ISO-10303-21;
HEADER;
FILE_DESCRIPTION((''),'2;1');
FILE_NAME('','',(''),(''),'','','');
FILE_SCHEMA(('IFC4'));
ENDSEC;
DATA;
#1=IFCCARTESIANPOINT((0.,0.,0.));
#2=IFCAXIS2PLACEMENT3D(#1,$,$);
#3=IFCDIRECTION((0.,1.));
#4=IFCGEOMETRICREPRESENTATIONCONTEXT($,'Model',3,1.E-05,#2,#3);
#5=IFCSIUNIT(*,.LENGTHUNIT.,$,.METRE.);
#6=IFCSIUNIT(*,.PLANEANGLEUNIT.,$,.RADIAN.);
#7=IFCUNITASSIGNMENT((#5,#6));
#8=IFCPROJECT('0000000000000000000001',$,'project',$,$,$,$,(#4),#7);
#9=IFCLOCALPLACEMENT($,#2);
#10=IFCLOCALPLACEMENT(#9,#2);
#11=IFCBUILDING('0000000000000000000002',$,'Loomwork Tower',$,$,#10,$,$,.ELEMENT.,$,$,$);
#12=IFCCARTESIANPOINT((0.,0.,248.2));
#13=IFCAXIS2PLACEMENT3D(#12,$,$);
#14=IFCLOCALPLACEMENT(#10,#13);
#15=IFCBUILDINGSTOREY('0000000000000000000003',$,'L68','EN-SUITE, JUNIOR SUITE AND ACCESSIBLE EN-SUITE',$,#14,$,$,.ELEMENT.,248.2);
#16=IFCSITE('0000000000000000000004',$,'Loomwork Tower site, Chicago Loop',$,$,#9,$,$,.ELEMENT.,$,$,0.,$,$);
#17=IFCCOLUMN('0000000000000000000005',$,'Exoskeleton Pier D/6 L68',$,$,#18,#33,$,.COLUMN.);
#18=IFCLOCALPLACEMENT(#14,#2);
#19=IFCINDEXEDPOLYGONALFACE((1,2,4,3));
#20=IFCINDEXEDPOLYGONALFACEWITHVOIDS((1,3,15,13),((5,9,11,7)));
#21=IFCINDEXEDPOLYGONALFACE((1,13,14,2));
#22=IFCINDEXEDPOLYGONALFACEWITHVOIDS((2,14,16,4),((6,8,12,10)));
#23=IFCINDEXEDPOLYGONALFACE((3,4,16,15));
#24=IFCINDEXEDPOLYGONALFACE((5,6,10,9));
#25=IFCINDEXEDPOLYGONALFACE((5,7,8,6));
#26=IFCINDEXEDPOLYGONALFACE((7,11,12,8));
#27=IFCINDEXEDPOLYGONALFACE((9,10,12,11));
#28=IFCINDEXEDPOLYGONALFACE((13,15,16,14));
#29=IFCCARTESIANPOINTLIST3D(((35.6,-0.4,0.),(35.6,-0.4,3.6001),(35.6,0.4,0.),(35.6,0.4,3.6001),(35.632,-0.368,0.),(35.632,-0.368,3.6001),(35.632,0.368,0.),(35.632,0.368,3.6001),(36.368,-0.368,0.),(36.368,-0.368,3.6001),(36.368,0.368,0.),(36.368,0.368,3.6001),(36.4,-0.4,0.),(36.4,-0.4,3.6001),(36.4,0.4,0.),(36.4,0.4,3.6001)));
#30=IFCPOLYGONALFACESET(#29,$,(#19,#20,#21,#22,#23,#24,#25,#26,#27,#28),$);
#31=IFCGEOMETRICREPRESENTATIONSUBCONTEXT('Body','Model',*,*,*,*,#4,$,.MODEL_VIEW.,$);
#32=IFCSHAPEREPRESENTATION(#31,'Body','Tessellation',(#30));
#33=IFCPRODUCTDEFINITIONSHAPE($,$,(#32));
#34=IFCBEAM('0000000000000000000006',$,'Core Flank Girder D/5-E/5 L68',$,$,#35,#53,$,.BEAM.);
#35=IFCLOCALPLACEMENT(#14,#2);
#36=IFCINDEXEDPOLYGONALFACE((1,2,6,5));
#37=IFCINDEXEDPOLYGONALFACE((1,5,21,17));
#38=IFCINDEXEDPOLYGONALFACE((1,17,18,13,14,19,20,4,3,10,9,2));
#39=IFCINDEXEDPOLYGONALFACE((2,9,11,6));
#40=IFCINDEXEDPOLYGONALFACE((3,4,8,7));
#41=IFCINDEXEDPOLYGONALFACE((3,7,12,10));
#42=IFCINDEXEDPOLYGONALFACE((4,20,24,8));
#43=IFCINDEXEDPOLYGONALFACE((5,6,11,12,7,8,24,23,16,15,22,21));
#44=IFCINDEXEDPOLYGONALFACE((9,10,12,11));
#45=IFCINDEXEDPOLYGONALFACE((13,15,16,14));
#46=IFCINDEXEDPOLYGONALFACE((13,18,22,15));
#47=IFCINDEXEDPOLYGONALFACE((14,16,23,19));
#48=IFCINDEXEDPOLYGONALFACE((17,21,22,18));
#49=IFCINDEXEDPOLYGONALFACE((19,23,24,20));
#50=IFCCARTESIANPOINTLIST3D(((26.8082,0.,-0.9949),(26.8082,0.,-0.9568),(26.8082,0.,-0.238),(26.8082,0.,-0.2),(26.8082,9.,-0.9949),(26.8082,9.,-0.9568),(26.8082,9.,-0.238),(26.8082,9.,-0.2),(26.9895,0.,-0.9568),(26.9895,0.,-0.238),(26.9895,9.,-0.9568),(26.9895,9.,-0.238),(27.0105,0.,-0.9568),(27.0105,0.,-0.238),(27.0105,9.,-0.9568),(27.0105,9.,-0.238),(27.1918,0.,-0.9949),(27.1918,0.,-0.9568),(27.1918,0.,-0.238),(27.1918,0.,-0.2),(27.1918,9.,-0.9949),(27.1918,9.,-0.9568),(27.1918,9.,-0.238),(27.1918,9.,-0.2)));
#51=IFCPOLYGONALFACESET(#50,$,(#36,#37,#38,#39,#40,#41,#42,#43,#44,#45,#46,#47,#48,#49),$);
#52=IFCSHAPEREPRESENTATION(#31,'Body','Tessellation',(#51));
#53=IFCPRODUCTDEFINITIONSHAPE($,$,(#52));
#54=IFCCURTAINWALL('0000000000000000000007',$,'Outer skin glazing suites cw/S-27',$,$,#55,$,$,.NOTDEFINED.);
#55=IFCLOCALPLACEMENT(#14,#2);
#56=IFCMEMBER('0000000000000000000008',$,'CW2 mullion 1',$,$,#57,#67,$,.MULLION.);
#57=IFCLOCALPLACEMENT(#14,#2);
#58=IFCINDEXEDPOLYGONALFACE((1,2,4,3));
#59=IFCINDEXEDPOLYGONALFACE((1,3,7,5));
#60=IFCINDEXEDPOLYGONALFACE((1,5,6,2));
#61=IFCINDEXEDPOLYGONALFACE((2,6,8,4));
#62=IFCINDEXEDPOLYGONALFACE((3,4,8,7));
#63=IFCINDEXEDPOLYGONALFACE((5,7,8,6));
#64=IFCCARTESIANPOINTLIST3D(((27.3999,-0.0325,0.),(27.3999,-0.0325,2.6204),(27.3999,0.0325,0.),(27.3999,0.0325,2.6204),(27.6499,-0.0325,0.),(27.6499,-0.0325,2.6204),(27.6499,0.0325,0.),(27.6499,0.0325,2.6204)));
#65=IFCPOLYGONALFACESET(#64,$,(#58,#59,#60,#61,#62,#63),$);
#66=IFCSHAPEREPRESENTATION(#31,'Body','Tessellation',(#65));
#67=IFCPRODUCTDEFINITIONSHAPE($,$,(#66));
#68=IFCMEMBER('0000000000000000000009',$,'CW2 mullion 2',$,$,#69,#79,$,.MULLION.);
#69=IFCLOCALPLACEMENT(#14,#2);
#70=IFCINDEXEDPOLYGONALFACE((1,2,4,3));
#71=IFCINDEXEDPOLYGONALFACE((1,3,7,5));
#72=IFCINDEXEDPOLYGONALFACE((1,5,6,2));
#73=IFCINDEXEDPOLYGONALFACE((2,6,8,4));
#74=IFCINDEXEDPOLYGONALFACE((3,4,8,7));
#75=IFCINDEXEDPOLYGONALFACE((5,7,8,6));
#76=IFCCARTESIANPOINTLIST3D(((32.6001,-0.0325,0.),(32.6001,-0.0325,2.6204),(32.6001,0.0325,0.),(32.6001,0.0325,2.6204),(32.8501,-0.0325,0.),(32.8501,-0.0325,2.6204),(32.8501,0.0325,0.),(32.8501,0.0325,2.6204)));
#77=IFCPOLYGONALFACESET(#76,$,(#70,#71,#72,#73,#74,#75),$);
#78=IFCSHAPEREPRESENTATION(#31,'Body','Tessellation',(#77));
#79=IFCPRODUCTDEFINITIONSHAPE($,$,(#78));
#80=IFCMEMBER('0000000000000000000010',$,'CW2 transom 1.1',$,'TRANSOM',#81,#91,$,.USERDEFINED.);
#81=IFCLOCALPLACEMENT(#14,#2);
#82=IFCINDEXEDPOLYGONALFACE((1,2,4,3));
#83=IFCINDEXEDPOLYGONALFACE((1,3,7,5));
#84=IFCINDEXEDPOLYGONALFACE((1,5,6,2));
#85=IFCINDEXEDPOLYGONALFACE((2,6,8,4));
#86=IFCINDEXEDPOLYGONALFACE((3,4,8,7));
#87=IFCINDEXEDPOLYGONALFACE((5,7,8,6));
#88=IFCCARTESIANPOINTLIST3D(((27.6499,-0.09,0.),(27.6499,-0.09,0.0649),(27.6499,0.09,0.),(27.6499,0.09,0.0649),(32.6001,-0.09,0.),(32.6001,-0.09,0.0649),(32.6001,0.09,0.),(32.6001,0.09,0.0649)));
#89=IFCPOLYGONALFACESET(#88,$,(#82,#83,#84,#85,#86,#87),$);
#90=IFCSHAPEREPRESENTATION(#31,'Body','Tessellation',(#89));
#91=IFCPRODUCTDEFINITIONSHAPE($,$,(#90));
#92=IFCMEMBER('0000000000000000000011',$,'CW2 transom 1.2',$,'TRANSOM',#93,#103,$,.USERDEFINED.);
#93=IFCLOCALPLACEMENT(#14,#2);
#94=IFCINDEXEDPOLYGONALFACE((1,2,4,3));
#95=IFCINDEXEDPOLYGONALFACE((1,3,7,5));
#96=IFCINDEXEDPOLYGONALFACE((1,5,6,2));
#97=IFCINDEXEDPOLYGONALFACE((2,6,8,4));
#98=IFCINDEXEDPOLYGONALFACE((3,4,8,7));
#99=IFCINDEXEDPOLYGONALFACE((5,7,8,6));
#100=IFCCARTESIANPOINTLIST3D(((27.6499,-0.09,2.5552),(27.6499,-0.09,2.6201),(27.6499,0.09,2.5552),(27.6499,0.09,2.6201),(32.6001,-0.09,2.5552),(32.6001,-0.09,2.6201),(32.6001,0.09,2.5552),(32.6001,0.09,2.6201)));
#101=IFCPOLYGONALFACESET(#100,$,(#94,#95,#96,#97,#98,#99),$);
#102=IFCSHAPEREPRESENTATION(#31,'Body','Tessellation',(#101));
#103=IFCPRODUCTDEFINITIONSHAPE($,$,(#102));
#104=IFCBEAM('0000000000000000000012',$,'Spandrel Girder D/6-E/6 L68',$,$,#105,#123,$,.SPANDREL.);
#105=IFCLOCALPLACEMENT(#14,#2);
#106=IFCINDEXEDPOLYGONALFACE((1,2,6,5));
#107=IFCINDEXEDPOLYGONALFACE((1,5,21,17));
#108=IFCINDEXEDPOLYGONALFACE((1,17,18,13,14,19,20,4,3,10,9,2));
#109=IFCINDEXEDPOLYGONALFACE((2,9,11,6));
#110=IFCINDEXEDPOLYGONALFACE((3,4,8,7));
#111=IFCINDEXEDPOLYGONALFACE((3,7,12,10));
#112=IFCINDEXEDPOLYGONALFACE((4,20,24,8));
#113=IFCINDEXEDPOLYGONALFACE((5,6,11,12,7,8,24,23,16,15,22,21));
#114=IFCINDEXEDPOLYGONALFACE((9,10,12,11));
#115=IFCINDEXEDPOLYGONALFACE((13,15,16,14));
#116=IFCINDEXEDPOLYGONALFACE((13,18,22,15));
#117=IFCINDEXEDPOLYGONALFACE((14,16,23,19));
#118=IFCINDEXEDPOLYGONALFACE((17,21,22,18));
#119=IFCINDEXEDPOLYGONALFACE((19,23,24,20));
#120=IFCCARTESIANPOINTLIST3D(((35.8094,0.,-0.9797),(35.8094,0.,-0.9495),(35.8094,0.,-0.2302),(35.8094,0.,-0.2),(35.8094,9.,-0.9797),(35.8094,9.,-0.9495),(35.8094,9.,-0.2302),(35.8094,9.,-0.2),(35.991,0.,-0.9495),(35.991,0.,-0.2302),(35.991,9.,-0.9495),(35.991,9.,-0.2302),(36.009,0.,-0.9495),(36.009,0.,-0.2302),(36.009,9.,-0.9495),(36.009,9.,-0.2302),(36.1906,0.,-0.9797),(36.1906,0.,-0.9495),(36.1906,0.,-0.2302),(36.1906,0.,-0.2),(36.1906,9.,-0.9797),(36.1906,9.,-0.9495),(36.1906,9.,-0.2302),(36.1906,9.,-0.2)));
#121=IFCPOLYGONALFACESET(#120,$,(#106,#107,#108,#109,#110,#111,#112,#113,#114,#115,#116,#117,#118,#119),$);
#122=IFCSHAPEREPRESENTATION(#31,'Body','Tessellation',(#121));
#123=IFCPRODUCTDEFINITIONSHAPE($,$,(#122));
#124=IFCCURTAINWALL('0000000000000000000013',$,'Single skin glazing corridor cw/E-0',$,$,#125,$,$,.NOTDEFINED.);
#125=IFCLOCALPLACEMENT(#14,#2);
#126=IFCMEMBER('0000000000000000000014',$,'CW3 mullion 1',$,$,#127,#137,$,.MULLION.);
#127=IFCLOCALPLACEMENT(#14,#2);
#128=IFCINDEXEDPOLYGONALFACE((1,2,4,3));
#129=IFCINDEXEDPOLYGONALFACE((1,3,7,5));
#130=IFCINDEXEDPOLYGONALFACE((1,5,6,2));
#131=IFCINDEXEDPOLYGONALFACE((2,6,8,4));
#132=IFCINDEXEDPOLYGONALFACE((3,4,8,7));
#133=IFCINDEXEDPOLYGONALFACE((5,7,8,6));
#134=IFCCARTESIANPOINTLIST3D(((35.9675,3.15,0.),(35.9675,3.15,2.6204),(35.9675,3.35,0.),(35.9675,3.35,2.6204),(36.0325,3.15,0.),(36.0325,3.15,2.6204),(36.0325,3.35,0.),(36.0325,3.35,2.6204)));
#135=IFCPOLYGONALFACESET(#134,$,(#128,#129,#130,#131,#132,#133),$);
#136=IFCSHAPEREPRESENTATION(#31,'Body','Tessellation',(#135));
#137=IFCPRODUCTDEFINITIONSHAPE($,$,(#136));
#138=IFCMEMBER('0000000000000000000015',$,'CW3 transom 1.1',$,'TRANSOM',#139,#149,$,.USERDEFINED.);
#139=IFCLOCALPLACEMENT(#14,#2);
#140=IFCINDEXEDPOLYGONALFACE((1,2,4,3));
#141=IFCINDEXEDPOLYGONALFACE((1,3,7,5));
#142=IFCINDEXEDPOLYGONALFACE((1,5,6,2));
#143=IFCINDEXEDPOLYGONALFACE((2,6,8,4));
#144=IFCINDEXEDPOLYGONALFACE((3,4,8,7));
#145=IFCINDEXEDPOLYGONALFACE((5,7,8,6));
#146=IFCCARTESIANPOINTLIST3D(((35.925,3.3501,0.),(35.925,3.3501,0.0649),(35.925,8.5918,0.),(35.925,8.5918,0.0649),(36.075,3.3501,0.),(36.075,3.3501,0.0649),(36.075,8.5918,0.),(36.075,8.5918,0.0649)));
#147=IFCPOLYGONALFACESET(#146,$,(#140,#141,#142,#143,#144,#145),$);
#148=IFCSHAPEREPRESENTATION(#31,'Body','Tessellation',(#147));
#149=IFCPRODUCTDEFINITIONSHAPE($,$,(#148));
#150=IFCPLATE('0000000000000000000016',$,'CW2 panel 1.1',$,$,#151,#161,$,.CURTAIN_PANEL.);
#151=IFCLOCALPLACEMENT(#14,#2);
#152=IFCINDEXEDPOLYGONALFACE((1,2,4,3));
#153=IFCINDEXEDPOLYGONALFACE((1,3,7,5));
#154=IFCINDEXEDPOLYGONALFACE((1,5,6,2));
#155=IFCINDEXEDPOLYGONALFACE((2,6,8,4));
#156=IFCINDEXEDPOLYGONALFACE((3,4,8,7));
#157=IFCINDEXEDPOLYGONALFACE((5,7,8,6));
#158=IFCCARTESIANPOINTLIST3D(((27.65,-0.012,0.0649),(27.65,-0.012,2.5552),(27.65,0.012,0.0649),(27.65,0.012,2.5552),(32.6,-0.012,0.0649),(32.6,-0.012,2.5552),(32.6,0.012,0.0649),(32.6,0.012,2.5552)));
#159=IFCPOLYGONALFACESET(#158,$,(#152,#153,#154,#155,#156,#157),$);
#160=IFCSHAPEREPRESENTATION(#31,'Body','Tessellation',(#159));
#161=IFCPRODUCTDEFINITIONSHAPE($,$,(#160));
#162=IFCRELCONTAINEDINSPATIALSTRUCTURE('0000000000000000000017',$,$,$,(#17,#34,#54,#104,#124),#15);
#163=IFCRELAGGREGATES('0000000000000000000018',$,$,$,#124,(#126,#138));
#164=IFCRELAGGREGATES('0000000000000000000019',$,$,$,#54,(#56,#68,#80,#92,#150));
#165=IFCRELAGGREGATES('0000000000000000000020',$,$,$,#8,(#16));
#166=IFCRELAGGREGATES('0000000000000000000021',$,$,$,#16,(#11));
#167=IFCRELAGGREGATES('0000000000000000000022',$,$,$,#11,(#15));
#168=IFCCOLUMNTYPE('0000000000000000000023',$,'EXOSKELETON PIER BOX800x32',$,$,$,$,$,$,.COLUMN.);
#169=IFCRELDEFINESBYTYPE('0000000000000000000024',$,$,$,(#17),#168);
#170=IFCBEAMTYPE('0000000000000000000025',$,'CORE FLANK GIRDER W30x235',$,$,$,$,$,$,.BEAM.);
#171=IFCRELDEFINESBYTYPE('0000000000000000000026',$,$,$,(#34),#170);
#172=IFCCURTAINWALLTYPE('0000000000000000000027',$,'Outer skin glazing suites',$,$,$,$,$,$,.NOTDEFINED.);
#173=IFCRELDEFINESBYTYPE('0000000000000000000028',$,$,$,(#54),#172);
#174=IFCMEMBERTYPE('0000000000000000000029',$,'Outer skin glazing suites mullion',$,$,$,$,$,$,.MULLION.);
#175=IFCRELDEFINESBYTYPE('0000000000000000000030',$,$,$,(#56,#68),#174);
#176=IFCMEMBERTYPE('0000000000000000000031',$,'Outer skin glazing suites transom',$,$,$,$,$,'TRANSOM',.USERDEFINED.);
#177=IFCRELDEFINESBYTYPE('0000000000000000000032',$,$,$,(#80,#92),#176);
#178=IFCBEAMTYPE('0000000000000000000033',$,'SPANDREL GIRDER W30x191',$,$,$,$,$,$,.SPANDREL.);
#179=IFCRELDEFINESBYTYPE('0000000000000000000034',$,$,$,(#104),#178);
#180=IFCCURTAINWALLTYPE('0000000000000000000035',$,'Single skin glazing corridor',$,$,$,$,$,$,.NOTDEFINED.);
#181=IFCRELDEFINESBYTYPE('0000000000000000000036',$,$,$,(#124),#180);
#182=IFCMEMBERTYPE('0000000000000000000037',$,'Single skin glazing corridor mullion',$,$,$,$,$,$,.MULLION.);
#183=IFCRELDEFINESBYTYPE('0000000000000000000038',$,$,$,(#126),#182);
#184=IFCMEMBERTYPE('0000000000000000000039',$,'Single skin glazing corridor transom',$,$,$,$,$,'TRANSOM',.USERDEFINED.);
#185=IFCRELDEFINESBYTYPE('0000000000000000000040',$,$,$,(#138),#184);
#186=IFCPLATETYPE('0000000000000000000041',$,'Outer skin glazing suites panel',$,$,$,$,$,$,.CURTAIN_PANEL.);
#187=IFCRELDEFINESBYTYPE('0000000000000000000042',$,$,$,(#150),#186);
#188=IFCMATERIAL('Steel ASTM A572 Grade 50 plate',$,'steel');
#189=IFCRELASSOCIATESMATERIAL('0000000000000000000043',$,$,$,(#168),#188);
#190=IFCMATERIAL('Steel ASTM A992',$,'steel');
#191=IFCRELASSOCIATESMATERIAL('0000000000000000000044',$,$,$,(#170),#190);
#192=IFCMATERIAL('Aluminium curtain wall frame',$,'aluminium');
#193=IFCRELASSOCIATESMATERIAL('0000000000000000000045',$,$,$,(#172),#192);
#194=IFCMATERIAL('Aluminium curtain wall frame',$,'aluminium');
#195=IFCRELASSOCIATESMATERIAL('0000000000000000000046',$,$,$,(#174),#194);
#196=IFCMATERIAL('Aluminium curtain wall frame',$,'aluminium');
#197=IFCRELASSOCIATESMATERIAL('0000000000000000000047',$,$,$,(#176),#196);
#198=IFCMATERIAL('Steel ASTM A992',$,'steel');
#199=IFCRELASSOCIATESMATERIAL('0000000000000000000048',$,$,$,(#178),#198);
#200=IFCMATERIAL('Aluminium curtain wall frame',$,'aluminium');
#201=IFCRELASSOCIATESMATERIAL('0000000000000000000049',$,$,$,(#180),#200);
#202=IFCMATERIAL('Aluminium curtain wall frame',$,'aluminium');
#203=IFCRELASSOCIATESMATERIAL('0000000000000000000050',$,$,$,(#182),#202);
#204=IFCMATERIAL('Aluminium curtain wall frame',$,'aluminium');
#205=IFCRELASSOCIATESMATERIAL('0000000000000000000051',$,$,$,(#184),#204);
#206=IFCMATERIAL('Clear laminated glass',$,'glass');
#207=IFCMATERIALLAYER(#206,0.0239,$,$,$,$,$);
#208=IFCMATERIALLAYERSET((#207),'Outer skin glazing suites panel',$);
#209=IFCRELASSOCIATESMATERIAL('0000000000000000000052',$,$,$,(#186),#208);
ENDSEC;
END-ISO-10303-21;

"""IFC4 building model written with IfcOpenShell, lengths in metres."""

from ifc_helpers import new_model, si_unit, direction, frame, origin, origin_2d, place, context, subcontext, project, spatial, rectangle, hollow_rectangle, i_section, extrude, material, layer, layer_set, material_profile, profile_set, type_object, element, aggregate, save


model = new_model("IFC4")

# Units and contexts
model_context = context("Model", 3, precision=1e-05, world=origin(), true_north=direction((0.0, 1.0)))
body_context = subcontext(model_context, "Body", "Model", "MODEL_VIEW")
ifc_project = project(units=[si_unit("LENGTHUNIT", "METRE"), si_unit("PLANEANGLEUNIT", "RADIAN")], contexts=[model_context])

# Site, building, storey
site_placement = place(None, origin())
site = spatial("IfcSite", under=ifc_project, at=site_placement, Name="Loomwork Tower site, Chicago Loop", CompositionType="ELEMENT", RefElevation=0.0)
building_placement = place(site_placement, origin())
building = spatial("IfcBuilding", under=site, at=building_placement, Name="Loomwork Tower", CompositionType="ELEMENT")
storey_placement = place(building_placement, frame((0.0, 0.0, 248.2)))
storey = spatial("IfcBuildingStorey", under=building, at=storey_placement, Name="L68", Description="EN-SUITE, JUNIOR SUITE AND ACCESSIBLE EN-SUITE", CompositionType="ELEMENT", Elevation=248.2)

# Column
ifc_material_1 = material(Name="Steel ASTM A572 Grade 50 plate", Category="steel")
ifc_material_profile_1 = material_profile(ifc_material_1, hollow_rectangle(XDim=0.8, YDim=0.8, WallThickness=0.032, at=origin_2d()), Name="BOX800x32")
ifc_profile_set_1 = profile_set([ifc_material_profile_1], Name="Steel ASTM A572 Grade 50 plate")
column_type = type_object("IfcColumnType", Name="EXOSKELETON PIER BOX800x32", PredefinedType="COLUMN", material=ifc_profile_set_1)
column_placement = place(storey_placement, frame((36.0, 0.0, 0.0), z_axis=(0.0, 0.0, 1.0), x_axis=(1.0, 0.0, 0.0)))
element("IfcColumn", 1, at=column_placement, inside=storey, type_object=column_type, Name="Exoskeleton Pier D/6 L68", PredefinedType="COLUMN", context=body_context, shape_type="SweptSolid", body=[
    extrude(hollow_rectangle(XDim=0.8, YDim=0.8, WallThickness=0.032, at=origin_2d()), origin(), (0.0, 0.0, 1.0), 3.6001),
])

# Beam
ifc_material_2 = material(Name="Steel ASTM A992", Category="steel")
ifc_material_profile_2 = material_profile(ifc_material_2, i_section(OverallWidth=0.3835, OverallDepth=0.7949, WebThickness=0.021, FlangeThickness=0.0381, at=origin_2d()), Name="W30x235")
ifc_profile_set_2 = profile_set([ifc_material_profile_2], Name="Steel ASTM A992")
beam_type_1 = type_object("IfcBeamType", Name="CORE FLANK GIRDER W30x235", PredefinedType="BEAM", material=ifc_profile_set_2)
beam_1_placement = place(storey_placement, frame((27.0, 0.0, -0.5974), z_axis=(0.0, 1.0, 0.0), x_axis=(-1.0, 0.0, 0.0)))
element("IfcBeam", 2, at=beam_1_placement, inside=storey, type_object=beam_type_1, Name="Core Flank Girder D/5-E/5 L68", PredefinedType="BEAM", context=body_context, shape_type="SweptSolid", body=[
    extrude(i_section(OverallWidth=0.3835, OverallDepth=0.7949, WebThickness=0.021, FlangeThickness=0.0381, at=origin_2d()), origin(), (0.0, 0.0, 1.0), 9.0),
])

# Curtain wall, members
ifc_material_3 = material(Name="Aluminium curtain wall frame", Category="aluminium")
curtain_wall_type_1 = type_object("IfcCurtainWallType", Name="Outer skin glazing suites", PredefinedType="NOTDEFINED", material=ifc_material_3)
curtain_wall_1_placement = place(storey_placement, origin())
curtain_wall_1 = element("IfcCurtainWall", 3, at=curtain_wall_1_placement, inside=storey, type_object=curtain_wall_type_1, Name="Outer skin glazing suites cw/S-27", PredefinedType="NOTDEFINED")
ifc_material_4 = material(Name="Aluminium curtain wall frame", Category="aluminium")
ifc_material_profile_3 = material_profile(ifc_material_4, rectangle(XDim=0.0649, YDim=0.25, at=origin_2d()), Name="AL 65x250")
ifc_profile_set_3 = profile_set([ifc_material_profile_3], Name="Aluminium curtain wall frame")
member_type_1 = type_object("IfcMemberType", Name="Outer skin glazing suites mullion", PredefinedType="MULLION", material=ifc_profile_set_3)
member_1_placement = place(storey_placement, frame((27.5249, 0.0, 0.0), z_axis=(0.0, 0.0, 1.0), x_axis=(0.0, 1.0, 0.0)))
member_1 = element("IfcMember", 4, at=member_1_placement, type_object=member_type_1, Name="CW2 mullion 1", PredefinedType="MULLION", context=body_context, shape_type="SweptSolid", body=[
    extrude(rectangle(XDim=0.0649, YDim=0.25, at=origin_2d()), origin(), (0.0, 0.0, 1.0), 2.6204),
])
member_2_placement = place(storey_placement, frame((32.7251, 0.0, 0.0), z_axis=(0.0, 0.0, 1.0), x_axis=(0.0, 1.0, 0.0)))
member_2 = element("IfcMember", 5, at=member_2_placement, type_object=member_type_1, Name="CW2 mullion 2", PredefinedType="MULLION", context=body_context, shape_type="SweptSolid", body=[
    extrude(rectangle(XDim=0.0649, YDim=0.25, at=origin_2d()), origin(), (0.0, 0.0, 1.0), 2.6204),
])
ifc_material_5 = material(Name="Aluminium curtain wall frame", Category="aluminium")
ifc_material_profile_4 = material_profile(ifc_material_5, rectangle(XDim=0.1799, YDim=0.0649, at=origin_2d()), Name="AL 65x180")
ifc_profile_set_4 = profile_set([ifc_material_profile_4], Name="Aluminium curtain wall frame")
member_type_2 = type_object("IfcMemberType", Name="Outer skin glazing suites transom", ElementType="TRANSOM", PredefinedType="USERDEFINED", material=ifc_profile_set_4)
member_3_placement = place(storey_placement, frame((27.6499, 0.0, 0.0325), z_axis=(1.0, 0.0, 0.0), x_axis=(0.0, 1.0, 0.0)))
member_3 = element("IfcMember", 6, at=member_3_placement, type_object=member_type_2, Name="CW2 transom 1.1", ObjectType="TRANSOM", PredefinedType="USERDEFINED", context=body_context, shape_type="SweptSolid", body=[
    extrude(rectangle(XDim=0.1799, YDim=0.0649, at=origin_2d()), origin(), (0.0, 0.0, 1.0), 4.9502),
])
member_4_placement = place(storey_placement, frame((27.6499, 0.0, 2.5876), z_axis=(1.0, 0.0, 0.0), x_axis=(0.0, 1.0, 0.0)))
member_4 = element("IfcMember", 7, at=member_4_placement, type_object=member_type_2, Name="CW2 transom 1.2", ObjectType="TRANSOM", PredefinedType="USERDEFINED", context=body_context, shape_type="SweptSolid", body=[
    extrude(rectangle(XDim=0.1799, YDim=0.0649, at=origin_2d()), origin(), (0.0, 0.0, 1.0), 4.9502),
])

# Beam
ifc_material_6 = material(Name="Steel ASTM A992", Category="steel")
ifc_material_profile_5 = material_profile(ifc_material_6, i_section(OverallWidth=0.3811, OverallDepth=0.7798, WebThickness=0.0181, FlangeThickness=0.0303, at=origin_2d()), Name="W30x191")
ifc_profile_set_5 = profile_set([ifc_material_profile_5], Name="Steel ASTM A992")
beam_type_2 = type_object("IfcBeamType", Name="SPANDREL GIRDER W30x191", PredefinedType="SPANDREL", material=ifc_profile_set_5)
beam_2_placement = place(storey_placement, frame((36.0, 0.0, -0.5898), z_axis=(0.0, 1.0, 0.0), x_axis=(-1.0, 0.0, 0.0)))
element("IfcBeam", 8, at=beam_2_placement, inside=storey, type_object=beam_type_2, Name="Spandrel Girder D/6-E/6 L68", PredefinedType="SPANDREL", context=body_context, shape_type="SweptSolid", body=[
    extrude(i_section(OverallWidth=0.3811, OverallDepth=0.7798, WebThickness=0.0181, FlangeThickness=0.0303, at=origin_2d()), origin(), (0.0, 0.0, 1.0), 9.0),
])

# Curtain wall, members
ifc_material_7 = material(Name="Aluminium curtain wall frame", Category="aluminium")
curtain_wall_type_2 = type_object("IfcCurtainWallType", Name="Single skin glazing corridor", PredefinedType="NOTDEFINED", material=ifc_material_7)
curtain_wall_2_placement = place(storey_placement, origin())
curtain_wall_2 = element("IfcCurtainWall", 9, at=curtain_wall_2_placement, inside=storey, type_object=curtain_wall_type_2, Name="Single skin glazing corridor cw/E-0", PredefinedType="NOTDEFINED")
ifc_material_8 = material(Name="Aluminium curtain wall frame", Category="aluminium")
ifc_material_profile_6 = material_profile(ifc_material_8, rectangle(XDim=0.0649, YDim=0.2, at=origin_2d()), Name="AL 65x200")
ifc_profile_set_6 = profile_set([ifc_material_profile_6], Name="Aluminium curtain wall frame")
member_type_3 = type_object("IfcMemberType", Name="Single skin glazing corridor mullion", PredefinedType="MULLION", material=ifc_profile_set_6)
member_5_placement = place(storey_placement, frame((36.0, 3.25, 0.0), z_axis=(0.0, 0.0, 1.0), x_axis=(-1.0, 0.0, 0.0)))
member_5 = element("IfcMember", 10, at=member_5_placement, type_object=member_type_3, Name="CW3 mullion 1", PredefinedType="MULLION", context=body_context, shape_type="SweptSolid", body=[
    extrude(rectangle(XDim=0.0649, YDim=0.2, at=origin_2d()), origin(), (0.0, 0.0, 1.0), 2.6204),
])
ifc_material_9 = material(Name="Aluminium curtain wall frame", Category="aluminium")
ifc_material_profile_7 = material_profile(ifc_material_9, rectangle(XDim=0.1499, YDim=0.0649, at=origin_2d()), Name="AL 65x150")
ifc_profile_set_7 = profile_set([ifc_material_profile_7], Name="Aluminium curtain wall frame")
member_type_4 = type_object("IfcMemberType", Name="Single skin glazing corridor transom", ElementType="TRANSOM", PredefinedType="USERDEFINED", material=ifc_profile_set_7)
member_6_placement = place(storey_placement, frame((36.0, 3.3501, 0.0325), z_axis=(0.0, 1.0, 0.0), x_axis=(-1.0, 0.0, 0.0)))
member_6 = element("IfcMember", 11, at=member_6_placement, type_object=member_type_4, Name="CW3 transom 1.1", ObjectType="TRANSOM", PredefinedType="USERDEFINED", context=body_context, shape_type="SweptSolid", body=[
    extrude(rectangle(XDim=0.1499, YDim=0.0649, at=origin_2d()), origin(), (0.0, 0.0, 1.0), 5.2417),
])
aggregate(curtain_wall_2, [member_5, member_6])

# Plate
ifc_material_10 = material(Name="Clear laminated glass", Category="glass")
ifc_layer_1 = layer(ifc_material_10, 0.0239)
ifc_layer_set_1 = layer_set([ifc_layer_1], Name="Outer skin glazing suites panel")
plate_type = type_object("IfcPlateType", Name="Outer skin glazing suites panel", PredefinedType="CURTAIN_PANEL", material=ifc_layer_set_1)
plate_placement = place(storey_placement, frame((30.125, 0.0, 0.0649), z_axis=(0.0, 0.0, 1.0), x_axis=(1.0, 0.0, 0.0)))
plate = element("IfcPlate", 12, at=plate_placement, type_object=plate_type, Name="CW2 panel 1.1", PredefinedType="CURTAIN_PANEL", context=body_context, shape_type="SweptSolid", body=[
    extrude(rectangle(XDim=4.95, YDim=0.0239, at=origin_2d()), origin(), (0.0, 0.0, 1.0), 2.4902),
])
aggregate(curtain_wall_1, [member_1, member_2, member_3, member_4, plate])

save(model, "model.ifc")
